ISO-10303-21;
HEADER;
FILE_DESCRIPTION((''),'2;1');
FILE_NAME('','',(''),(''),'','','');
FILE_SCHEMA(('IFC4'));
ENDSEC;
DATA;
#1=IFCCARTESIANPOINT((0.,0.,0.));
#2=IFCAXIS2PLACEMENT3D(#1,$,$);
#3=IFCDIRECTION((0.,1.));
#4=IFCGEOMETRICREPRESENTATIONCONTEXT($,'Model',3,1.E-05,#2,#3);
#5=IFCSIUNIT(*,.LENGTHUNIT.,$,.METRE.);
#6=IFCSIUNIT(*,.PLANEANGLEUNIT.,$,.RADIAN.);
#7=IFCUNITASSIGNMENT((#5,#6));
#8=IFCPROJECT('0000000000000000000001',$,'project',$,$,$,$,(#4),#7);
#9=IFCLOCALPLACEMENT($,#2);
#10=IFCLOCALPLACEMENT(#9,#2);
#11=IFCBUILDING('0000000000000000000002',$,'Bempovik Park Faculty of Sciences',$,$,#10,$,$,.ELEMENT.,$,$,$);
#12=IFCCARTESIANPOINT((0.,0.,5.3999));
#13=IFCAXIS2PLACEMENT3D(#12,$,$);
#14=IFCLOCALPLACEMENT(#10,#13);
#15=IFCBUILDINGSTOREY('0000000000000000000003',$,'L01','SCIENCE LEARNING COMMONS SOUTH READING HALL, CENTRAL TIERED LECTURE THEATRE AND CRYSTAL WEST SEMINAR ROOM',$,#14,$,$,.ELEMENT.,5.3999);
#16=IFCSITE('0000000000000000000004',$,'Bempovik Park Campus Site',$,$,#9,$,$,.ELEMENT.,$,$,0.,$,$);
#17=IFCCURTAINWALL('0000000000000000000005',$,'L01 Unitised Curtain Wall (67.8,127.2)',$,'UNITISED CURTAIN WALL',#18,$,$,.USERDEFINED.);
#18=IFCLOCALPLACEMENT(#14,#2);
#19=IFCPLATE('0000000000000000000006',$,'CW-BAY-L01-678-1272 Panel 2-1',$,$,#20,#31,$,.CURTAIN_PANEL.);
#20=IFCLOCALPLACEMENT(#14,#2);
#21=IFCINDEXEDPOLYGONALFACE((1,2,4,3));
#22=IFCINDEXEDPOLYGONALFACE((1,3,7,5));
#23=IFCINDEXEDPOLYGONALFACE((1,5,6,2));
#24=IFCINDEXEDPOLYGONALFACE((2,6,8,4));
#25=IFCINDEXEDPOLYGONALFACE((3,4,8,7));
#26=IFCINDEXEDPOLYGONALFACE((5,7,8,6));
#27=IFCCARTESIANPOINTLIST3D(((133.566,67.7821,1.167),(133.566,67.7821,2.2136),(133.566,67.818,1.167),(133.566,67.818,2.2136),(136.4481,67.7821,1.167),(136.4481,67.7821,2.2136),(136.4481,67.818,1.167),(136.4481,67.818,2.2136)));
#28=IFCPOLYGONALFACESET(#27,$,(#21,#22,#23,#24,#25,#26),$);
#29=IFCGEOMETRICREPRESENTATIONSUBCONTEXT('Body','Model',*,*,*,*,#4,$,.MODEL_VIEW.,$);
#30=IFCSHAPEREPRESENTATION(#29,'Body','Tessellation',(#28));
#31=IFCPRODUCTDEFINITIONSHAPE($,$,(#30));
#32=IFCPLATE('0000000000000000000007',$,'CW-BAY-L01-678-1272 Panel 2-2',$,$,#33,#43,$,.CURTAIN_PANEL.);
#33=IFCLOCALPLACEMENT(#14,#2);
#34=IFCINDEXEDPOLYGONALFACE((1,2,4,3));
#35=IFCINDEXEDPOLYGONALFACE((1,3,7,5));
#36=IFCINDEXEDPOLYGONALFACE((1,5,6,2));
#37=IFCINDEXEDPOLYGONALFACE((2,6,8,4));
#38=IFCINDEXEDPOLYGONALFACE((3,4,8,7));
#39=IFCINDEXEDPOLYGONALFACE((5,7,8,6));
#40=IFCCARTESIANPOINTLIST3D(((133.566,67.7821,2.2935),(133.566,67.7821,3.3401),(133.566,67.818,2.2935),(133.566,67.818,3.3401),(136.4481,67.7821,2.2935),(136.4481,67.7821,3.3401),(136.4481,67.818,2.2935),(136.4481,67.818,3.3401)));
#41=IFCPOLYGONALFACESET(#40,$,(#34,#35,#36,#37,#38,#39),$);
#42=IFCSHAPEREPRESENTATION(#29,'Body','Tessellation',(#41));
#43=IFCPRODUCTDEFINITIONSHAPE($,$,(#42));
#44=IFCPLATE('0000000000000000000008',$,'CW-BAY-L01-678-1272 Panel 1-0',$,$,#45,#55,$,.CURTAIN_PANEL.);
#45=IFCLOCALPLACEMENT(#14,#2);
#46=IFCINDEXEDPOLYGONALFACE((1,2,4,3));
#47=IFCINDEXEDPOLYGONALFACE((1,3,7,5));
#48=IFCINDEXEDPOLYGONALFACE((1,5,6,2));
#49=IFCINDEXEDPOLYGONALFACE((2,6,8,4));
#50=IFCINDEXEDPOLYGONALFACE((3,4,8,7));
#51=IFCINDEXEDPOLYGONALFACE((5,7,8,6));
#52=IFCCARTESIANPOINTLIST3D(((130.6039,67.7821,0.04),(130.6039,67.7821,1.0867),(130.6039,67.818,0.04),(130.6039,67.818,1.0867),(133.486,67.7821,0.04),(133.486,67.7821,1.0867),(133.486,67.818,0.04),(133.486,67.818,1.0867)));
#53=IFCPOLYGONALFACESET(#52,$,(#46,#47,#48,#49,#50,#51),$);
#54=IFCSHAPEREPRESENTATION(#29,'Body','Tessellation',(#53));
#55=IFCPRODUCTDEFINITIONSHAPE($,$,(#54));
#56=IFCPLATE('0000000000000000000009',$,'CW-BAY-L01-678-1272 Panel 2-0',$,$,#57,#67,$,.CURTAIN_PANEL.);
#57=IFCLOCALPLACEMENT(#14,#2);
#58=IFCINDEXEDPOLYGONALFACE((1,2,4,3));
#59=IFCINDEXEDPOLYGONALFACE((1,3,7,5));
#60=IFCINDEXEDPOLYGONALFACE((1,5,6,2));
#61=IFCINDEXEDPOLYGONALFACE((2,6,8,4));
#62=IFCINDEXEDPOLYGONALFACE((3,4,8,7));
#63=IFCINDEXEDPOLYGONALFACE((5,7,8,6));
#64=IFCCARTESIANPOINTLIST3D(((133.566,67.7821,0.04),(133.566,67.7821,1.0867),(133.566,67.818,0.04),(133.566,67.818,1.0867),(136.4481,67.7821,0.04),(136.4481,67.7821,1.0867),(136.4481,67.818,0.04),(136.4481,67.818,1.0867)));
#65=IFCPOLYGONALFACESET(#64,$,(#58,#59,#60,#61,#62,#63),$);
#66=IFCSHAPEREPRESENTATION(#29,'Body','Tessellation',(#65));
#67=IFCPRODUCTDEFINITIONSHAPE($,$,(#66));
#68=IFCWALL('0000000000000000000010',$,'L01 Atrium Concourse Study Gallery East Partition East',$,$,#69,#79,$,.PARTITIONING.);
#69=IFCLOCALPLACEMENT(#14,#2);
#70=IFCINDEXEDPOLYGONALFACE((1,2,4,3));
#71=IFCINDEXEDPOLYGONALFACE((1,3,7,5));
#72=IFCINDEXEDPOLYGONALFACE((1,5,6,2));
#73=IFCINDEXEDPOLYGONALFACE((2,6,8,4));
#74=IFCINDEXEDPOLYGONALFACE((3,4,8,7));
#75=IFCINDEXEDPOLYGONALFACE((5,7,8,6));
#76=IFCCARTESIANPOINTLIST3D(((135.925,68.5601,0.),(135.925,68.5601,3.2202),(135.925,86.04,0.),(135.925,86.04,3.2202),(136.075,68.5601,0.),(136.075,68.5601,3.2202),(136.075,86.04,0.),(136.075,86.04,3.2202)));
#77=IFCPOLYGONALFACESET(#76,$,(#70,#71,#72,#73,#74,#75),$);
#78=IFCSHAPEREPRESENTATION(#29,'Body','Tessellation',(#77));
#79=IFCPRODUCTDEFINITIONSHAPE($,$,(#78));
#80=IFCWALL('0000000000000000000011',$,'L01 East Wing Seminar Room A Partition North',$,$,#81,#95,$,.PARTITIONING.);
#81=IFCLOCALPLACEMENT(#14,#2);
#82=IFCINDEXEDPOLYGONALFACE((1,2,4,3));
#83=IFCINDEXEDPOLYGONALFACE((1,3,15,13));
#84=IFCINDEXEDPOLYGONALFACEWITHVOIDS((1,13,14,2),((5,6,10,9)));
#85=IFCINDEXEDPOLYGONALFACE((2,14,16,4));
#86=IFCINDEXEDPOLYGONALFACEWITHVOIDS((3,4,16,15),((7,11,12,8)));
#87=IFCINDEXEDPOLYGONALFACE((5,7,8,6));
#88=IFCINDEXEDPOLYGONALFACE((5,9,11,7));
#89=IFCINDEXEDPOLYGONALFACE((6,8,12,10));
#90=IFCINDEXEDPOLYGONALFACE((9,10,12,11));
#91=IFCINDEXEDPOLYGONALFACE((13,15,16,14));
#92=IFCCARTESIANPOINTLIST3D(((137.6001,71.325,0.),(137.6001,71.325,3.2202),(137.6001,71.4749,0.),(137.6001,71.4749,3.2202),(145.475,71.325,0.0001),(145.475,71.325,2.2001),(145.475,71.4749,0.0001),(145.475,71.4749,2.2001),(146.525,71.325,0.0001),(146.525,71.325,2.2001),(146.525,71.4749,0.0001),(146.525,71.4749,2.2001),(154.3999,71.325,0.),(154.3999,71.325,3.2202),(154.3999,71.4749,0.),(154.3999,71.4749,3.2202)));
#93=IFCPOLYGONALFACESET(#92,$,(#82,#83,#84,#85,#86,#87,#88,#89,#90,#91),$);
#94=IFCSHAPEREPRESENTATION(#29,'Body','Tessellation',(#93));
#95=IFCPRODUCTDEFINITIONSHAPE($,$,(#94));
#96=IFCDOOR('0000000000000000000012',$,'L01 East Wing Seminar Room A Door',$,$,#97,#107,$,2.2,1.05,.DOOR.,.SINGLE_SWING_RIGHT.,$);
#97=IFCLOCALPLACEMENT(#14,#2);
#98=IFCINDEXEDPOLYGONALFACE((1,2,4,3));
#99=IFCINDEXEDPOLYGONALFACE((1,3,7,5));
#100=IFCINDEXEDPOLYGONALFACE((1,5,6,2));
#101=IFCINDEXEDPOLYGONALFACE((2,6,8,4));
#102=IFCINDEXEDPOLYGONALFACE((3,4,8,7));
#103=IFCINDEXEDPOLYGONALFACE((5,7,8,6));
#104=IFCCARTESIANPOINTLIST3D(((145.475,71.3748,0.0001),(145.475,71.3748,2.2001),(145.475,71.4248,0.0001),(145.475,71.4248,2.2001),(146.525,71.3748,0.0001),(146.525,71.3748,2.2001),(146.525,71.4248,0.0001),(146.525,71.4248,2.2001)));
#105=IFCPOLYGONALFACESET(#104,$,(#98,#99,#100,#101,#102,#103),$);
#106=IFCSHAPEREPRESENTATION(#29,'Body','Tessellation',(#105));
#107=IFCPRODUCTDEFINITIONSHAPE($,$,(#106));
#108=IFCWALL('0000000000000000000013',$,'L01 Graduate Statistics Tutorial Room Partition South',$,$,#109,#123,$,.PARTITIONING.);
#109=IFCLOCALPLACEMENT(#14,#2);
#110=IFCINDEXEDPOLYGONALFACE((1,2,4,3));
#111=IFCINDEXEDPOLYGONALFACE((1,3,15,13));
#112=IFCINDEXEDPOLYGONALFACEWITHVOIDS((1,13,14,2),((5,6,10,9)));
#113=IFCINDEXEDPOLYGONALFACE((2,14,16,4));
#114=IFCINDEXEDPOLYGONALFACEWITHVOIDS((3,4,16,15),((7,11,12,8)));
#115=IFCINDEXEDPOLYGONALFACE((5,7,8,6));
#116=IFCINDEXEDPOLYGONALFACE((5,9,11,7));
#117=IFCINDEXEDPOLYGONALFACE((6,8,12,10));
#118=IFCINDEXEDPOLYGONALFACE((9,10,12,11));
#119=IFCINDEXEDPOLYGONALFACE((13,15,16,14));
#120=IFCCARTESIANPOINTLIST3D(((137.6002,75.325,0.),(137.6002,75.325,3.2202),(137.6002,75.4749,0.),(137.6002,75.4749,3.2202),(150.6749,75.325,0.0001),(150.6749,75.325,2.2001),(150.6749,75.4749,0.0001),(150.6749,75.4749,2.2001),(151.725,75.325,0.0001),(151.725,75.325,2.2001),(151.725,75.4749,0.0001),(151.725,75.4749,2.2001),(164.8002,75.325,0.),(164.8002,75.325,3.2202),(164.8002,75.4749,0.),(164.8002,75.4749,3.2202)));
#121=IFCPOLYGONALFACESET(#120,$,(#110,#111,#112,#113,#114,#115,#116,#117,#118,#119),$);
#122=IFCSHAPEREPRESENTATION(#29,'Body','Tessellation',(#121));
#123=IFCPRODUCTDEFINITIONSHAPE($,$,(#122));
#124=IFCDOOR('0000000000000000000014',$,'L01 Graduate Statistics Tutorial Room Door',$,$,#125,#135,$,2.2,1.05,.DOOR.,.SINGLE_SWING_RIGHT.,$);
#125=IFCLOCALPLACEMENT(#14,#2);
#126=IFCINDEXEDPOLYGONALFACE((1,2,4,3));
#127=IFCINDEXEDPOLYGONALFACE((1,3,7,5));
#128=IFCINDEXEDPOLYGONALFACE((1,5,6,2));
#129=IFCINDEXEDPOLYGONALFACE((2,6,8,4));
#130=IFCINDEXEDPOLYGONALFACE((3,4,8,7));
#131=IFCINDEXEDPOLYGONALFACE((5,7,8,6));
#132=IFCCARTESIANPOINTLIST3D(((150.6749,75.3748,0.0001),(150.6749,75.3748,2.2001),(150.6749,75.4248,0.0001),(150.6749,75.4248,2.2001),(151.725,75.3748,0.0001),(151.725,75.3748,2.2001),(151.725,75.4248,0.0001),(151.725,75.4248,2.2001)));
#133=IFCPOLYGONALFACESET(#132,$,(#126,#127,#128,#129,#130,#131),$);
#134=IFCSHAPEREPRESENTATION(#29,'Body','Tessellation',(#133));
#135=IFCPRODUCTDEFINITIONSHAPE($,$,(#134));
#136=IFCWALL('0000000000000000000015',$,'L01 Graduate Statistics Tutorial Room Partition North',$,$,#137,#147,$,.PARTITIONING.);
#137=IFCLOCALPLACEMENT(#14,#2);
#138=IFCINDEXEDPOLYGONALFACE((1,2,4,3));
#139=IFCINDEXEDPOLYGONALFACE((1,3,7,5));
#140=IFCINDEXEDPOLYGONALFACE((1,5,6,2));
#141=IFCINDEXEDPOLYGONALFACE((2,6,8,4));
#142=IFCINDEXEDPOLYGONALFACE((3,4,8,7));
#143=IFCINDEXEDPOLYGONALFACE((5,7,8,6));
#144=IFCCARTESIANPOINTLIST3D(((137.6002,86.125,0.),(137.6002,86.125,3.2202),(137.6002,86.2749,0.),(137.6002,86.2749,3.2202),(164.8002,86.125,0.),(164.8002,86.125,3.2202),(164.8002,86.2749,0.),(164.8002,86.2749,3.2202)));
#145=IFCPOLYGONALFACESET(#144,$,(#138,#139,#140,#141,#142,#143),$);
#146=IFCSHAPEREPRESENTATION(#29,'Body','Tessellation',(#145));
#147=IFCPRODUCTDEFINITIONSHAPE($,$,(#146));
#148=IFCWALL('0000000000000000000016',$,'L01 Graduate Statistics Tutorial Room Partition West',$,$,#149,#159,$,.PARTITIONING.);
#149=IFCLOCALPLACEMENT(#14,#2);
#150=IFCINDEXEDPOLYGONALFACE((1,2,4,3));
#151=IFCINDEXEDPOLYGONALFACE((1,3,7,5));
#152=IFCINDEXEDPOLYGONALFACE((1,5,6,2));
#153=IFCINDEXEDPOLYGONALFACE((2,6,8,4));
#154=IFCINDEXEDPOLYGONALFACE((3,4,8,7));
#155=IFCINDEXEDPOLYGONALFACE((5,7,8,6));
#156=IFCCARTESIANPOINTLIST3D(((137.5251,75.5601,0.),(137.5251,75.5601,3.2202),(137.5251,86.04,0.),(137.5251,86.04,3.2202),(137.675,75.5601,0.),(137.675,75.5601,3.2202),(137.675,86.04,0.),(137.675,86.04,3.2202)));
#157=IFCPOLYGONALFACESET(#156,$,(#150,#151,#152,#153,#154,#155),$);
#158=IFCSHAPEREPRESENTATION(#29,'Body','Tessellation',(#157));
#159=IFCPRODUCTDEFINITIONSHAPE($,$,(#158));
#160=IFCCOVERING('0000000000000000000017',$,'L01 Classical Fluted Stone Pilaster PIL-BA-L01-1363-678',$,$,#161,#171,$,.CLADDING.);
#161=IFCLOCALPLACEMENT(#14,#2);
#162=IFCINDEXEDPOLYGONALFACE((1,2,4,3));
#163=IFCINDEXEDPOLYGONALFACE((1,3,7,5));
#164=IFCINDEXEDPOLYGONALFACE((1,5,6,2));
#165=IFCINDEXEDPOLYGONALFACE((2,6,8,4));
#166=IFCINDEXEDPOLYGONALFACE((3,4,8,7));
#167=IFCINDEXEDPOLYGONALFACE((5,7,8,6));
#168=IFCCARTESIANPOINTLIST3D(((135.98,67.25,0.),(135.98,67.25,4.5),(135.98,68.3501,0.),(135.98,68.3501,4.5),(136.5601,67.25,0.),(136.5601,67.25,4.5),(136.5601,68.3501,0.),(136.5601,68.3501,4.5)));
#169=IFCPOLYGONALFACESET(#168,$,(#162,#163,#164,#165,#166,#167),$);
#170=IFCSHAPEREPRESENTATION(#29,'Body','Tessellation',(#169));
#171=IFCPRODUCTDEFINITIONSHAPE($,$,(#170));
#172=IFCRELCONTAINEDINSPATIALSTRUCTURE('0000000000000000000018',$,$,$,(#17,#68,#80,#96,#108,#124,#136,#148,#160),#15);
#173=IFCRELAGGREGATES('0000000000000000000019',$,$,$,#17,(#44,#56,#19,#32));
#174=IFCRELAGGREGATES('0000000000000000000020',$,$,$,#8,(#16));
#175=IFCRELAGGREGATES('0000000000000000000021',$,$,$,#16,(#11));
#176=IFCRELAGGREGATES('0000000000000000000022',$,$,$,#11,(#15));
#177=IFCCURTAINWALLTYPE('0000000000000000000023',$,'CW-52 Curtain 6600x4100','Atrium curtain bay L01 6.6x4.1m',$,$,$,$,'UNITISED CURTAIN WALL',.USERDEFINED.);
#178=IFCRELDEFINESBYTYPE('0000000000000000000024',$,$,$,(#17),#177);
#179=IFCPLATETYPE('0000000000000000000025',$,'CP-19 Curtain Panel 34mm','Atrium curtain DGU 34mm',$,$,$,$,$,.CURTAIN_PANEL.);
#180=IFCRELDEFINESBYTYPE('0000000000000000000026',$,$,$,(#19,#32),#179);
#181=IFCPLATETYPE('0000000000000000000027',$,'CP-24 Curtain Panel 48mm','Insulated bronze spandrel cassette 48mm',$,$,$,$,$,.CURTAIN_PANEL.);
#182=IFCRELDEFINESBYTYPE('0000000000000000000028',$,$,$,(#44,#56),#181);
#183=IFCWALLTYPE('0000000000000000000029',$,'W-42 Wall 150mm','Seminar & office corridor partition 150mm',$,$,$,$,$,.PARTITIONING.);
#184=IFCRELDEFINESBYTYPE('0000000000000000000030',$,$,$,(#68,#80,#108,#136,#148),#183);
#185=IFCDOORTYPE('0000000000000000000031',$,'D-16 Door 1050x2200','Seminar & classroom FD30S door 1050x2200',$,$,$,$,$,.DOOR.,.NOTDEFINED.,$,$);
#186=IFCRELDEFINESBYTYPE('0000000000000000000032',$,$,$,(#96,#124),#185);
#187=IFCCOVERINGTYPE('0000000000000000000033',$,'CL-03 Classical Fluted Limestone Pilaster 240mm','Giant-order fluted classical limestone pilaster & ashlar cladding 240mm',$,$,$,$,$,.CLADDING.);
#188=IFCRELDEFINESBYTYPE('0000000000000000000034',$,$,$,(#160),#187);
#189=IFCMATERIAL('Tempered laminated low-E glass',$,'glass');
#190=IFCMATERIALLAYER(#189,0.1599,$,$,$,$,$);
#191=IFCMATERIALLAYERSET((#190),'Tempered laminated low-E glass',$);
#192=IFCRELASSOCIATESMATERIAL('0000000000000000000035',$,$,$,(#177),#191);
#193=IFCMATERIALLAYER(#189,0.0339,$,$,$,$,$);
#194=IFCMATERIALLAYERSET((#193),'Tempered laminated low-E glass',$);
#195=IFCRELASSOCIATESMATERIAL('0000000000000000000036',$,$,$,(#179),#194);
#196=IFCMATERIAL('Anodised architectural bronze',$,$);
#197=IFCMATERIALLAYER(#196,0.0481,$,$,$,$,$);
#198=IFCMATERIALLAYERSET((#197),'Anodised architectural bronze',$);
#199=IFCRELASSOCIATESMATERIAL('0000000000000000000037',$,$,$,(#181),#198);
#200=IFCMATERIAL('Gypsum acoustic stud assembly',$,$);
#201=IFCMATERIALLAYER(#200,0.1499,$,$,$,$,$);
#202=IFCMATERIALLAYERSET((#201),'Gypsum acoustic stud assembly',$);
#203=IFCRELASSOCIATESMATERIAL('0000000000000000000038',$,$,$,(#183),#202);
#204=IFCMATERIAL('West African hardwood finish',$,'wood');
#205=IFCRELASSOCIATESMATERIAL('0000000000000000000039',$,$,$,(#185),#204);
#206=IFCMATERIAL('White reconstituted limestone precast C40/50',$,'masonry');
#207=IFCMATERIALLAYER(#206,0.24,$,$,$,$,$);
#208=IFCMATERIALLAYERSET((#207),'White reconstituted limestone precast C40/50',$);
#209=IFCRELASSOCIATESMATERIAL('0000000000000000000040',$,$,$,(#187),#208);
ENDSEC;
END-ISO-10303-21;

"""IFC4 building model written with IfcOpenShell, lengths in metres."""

from ifc_helpers import new_model, si_unit, direction, frame, frame_2d, origin, origin_2d, place, context, subcontext, project, spatial, rectangle, extrude, material, layer, layer_set, type_object, element, fill, aggregate, save


model = new_model("IFC4")

# Units and contexts
model_context = context("Model", 3, precision=1e-05, world=origin(), true_north=direction((0.0, 1.0)))
body_context = subcontext(model_context, "Body", "Model", "MODEL_VIEW")
ifc_project = project(units=[si_unit("LENGTHUNIT", "METRE"), si_unit("PLANEANGLEUNIT", "RADIAN")], contexts=[model_context])

# Site, building, storey
site_placement = place(None, origin())
site = spatial("IfcSite", under=ifc_project, at=site_placement, Name="Bempovik Park Campus Site", CompositionType="ELEMENT", RefElevation=0.0)
building_placement = place(site_placement, origin())
building = spatial("IfcBuilding", under=site, at=building_placement, Name="Bempovik Park Faculty of Sciences", CompositionType="ELEMENT")
storey_placement = place(building_placement, frame((0.0, 0.0, 5.3999)))
storey = spatial("IfcBuildingStorey", under=building, at=storey_placement, Name="L01", Description="SCIENCE LEARNING COMMONS SOUTH READING HALL, CENTRAL TIERED LECTURE THEATRE AND CRYSTAL WEST SEMINAR ROOM", CompositionType="ELEMENT", Elevation=5.3999)

# Curtain wall, plates
ifc_material_1 = material(Name="Tempered laminated low-E glass", Category="glass")
ifc_layer_1 = layer(ifc_material_1, 0.1599)
ifc_layer_set_1 = layer_set([ifc_layer_1], Name="Tempered laminated low-E glass")
curtain_wall_type = type_object("IfcCurtainWallType", Name="CW-52 Curtain 6600x4100", Description="Atrium curtain bay L01 6.6x4.1m", ElementType="UNITISED CURTAIN WALL", PredefinedType="USERDEFINED", material=ifc_layer_set_1)
curtain_wall_placement = place(storey_placement, origin())
curtain_wall = element("IfcCurtainWall", 1, at=curtain_wall_placement, inside=storey, type_object=curtain_wall_type, Name="L01 Unitised Curtain Wall (67.8,127.2)", ObjectType="UNITISED CURTAIN WALL", PredefinedType="USERDEFINED")
ifc_layer_2 = layer(ifc_material_1, 0.0339)
ifc_layer_set_2 = layer_set([ifc_layer_2], Name="Tempered laminated low-E glass")
plate_type_1 = type_object("IfcPlateType", Name="CP-19 Curtain Panel 34mm", Description="Atrium curtain DGU 34mm", PredefinedType="CURTAIN_PANEL", material=ifc_layer_set_2)
plate_1_placement = place(storey_placement, frame((135.0071, 67.8, 1.167), z_axis=(0.0, 0.0, 1.0), x_axis=(1.0, 0.0, 0.0)))
plate_1 = element("IfcPlate", 2, at=plate_1_placement, type_object=plate_type_1, Name="CW-BAY-L01-678-1272 Panel 2-1", PredefinedType="CURTAIN_PANEL", context=body_context, shape_type="SweptSolid", body=[
    extrude(rectangle(XDim=2.8821, YDim=0.0359, at=origin_2d()), origin(), (0.0, 0.0, 1.0), 1.0466),
])
plate_2_placement = place(storey_placement, frame((135.0071, 67.8, 2.2935), z_axis=(0.0, 0.0, 1.0), x_axis=(1.0, 0.0, 0.0)))
plate_2 = element("IfcPlate", 3, at=plate_2_placement, type_object=plate_type_1, Name="CW-BAY-L01-678-1272 Panel 2-2", PredefinedType="CURTAIN_PANEL", context=body_context, shape_type="SweptSolid", body=[
    extrude(rectangle(XDim=2.8821, YDim=0.0359, at=origin_2d()), origin(), (0.0, 0.0, 1.0), 1.0466),
])
ifc_material_2 = material(Name="Anodised architectural bronze")
ifc_layer_3 = layer(ifc_material_2, 0.0481)
ifc_layer_set_3 = layer_set([ifc_layer_3], Name="Anodised architectural bronze")
plate_type_2 = type_object("IfcPlateType", Name="CP-24 Curtain Panel 48mm", Description="Insulated bronze spandrel cassette 48mm", PredefinedType="CURTAIN_PANEL", material=ifc_layer_set_3)
plate_3_placement = place(storey_placement, frame((132.0449, 67.8, 0.04), z_axis=(0.0, 0.0, 1.0), x_axis=(1.0, 0.0, 0.0)))
plate_3 = element("IfcPlate", 4, at=plate_3_placement, type_object=plate_type_2, Name="CW-BAY-L01-678-1272 Panel 1-0", PredefinedType="CURTAIN_PANEL", context=body_context, shape_type="SweptSolid", body=[
    extrude(rectangle(XDim=2.8821, YDim=0.0359, at=origin_2d()), origin(), (0.0, 0.0, 1.0), 1.0466),
])
plate_4_placement = place(storey_placement, frame((135.0071, 67.8, 0.04), z_axis=(0.0, 0.0, 1.0), x_axis=(1.0, 0.0, 0.0)))
plate_4 = element("IfcPlate", 5, at=plate_4_placement, type_object=plate_type_2, Name="CW-BAY-L01-678-1272 Panel 2-0", PredefinedType="CURTAIN_PANEL", context=body_context, shape_type="SweptSolid", body=[
    extrude(rectangle(XDim=2.8821, YDim=0.0359, at=origin_2d()), origin(), (0.0, 0.0, 1.0), 1.0466),
])
aggregate(curtain_wall, [plate_3, plate_4, plate_1, plate_2])

# Wall
ifc_material_3 = material(Name="Gypsum acoustic stud assembly")
ifc_layer_4 = layer(ifc_material_3, 0.1499)
ifc_layer_set_4 = layer_set([ifc_layer_4], Name="Gypsum acoustic stud assembly")
wall_type = type_object("IfcWallType", Name="W-42 Wall 150mm", Description="Seminar & office corridor partition 150mm", PredefinedType="PARTITIONING", material=ifc_layer_set_4)
wall_1_placement = place(storey_placement, frame((136.0, 68.5601, 0.0), z_axis=(0.0, 0.0, 1.0), x_axis=(0.0, 1.0, 0.0)))
element("IfcWall", 6, at=wall_1_placement, inside=storey, type_object=wall_type, Name="L01 Atrium Concourse Study Gallery East Partition East", PredefinedType="PARTITIONING", context=body_context, shape_type="SweptSolid", body=[
    extrude(rectangle(XDim=17.48, YDim=0.1499, at=frame_2d((8.74, 0.0))), origin(), (0.0, 0.0, 1.0), 3.2202),
])

# Walls, openings, doors
wall_2_placement = place(storey_placement, frame((137.6001, 71.3999, 0.0), z_axis=(0.0, 0.0, 1.0), x_axis=(1.0, 0.0, 0.0)))
wall_2 = element("IfcWall", 7, at=wall_2_placement, inside=storey, type_object=wall_type, Name="L01 East Wing Seminar Room A Partition North", PredefinedType="PARTITIONING", context=body_context, shape_type="SweptSolid", body=[
    extrude(rectangle(XDim=16.7998, YDim=0.1499, at=frame_2d((8.3999, 0.0))), origin(), (0.0, 0.0, 1.0), 3.2202),
])
opening_1_placement = place(wall_2_placement, frame((7.875, 0.0, 0.0)))
opening_1 = element("IfcOpeningElement", 8, at=opening_1_placement, cuts=wall_2, PredefinedType="OPENING", context=body_context, shape_type="SweptSolid", body=[
    extrude(rectangle(XDim=1.05, YDim=2.2, at=frame_2d((0.5249, 1.1001))), frame((0.0, 0.085, 0.0), z_axis=(0.0, -1.0, 0.0), x_axis=(1.0, 0.0, 0.0)), (0.0, 0.0, 1.0), 0.1699),
])
ifc_material_4 = material(Name="West African hardwood finish", Category="wood")
door_type = type_object("IfcDoorType", Name="D-16 Door 1050x2200", Description="Seminar & classroom FD30S door 1050x2200", OperationType="NOTDEFINED", PredefinedType="DOOR", material=ifc_material_4)
door_1_placement = place(opening_1_placement, origin())
door_1 = element("IfcDoor", 9, at=door_1_placement, inside=storey, type_object=door_type, Name="L01 East Wing Seminar Room A Door", OperationType="SINGLE_SWING_RIGHT", OverallHeight=2.2, OverallWidth=1.05, PredefinedType="DOOR", context=body_context, shape_type="SweptSolid", body=[
    extrude(rectangle(XDim=1.05, YDim=2.2, at=frame_2d((0.5249, 1.1001))), frame((0.0, 0.0249, 0.0), z_axis=(0.0, -1.0, 0.0), x_axis=(1.0, 0.0, 0.0)), (0.0, 0.0, 1.0), 0.05),
])
fill(opening_1, door_1)
wall_3_placement = place(storey_placement, frame((137.6001, 75.3999, 0.0), z_axis=(0.0, 0.0, 1.0), x_axis=(1.0, 0.0, 0.0)))
wall_3 = element("IfcWall", 10, at=wall_3_placement, inside=storey, type_object=wall_type, Name="L01 Graduate Statistics Tutorial Room Partition South", PredefinedType="PARTITIONING", context=body_context, shape_type="SweptSolid", body=[
    extrude(rectangle(XDim=27.2, YDim=0.1499, at=frame_2d((13.6001, 0.0))), origin(), (0.0, 0.0, 1.0), 3.2202),
])
opening_2_placement = place(wall_3_placement, frame((13.075, 0.0, 0.0)))
opening_2 = element("IfcOpeningElement", 11, at=opening_2_placement, cuts=wall_3, PredefinedType="OPENING", context=body_context, shape_type="SweptSolid", body=[
    extrude(rectangle(XDim=1.05, YDim=2.2, at=frame_2d((0.5249, 1.1001))), frame((0.0, 0.085, 0.0), z_axis=(0.0, -1.0, 0.0), x_axis=(1.0, 0.0, 0.0)), (0.0, 0.0, 1.0), 0.1699),
])
door_2_placement = place(opening_2_placement, origin())
door_2 = element("IfcDoor", 12, at=door_2_placement, inside=storey, type_object=door_type, Name="L01 Graduate Statistics Tutorial Room Door", OperationType="SINGLE_SWING_RIGHT", OverallHeight=2.2, OverallWidth=1.05, PredefinedType="DOOR", context=body_context, shape_type="SweptSolid", body=[
    extrude(rectangle(XDim=1.05, YDim=2.2, at=frame_2d((0.5249, 1.1001))), frame((0.0, 0.0249, 0.0), z_axis=(0.0, -1.0, 0.0), x_axis=(1.0, 0.0, 0.0)), (0.0, 0.0, 1.0), 0.05),
])
fill(opening_2, door_2)

# Walls
wall_4_placement = place(storey_placement, frame((137.6001, 86.2, 0.0), z_axis=(0.0, 0.0, 1.0), x_axis=(1.0, 0.0, 0.0)))
element("IfcWall", 13, at=wall_4_placement, inside=storey, type_object=wall_type, Name="L01 Graduate Statistics Tutorial Room Partition North", PredefinedType="PARTITIONING", context=body_context, shape_type="SweptSolid", body=[
    extrude(rectangle(XDim=27.2, YDim=0.1499, at=frame_2d((13.6001, 0.0))), origin(), (0.0, 0.0, 1.0), 3.2202),
])
wall_5_placement = place(storey_placement, frame((137.6001, 75.5601, 0.0), z_axis=(0.0, 0.0, 1.0), x_axis=(0.0, 1.0, 0.0)))
element("IfcWall", 14, at=wall_5_placement, inside=storey, type_object=wall_type, Name="L01 Graduate Statistics Tutorial Room Partition West", PredefinedType="PARTITIONING", context=body_context, shape_type="SweptSolid", body=[
    extrude(rectangle(XDim=10.48, YDim=0.1499, at=frame_2d((5.24, 0.0))), origin(), (0.0, 0.0, 1.0), 3.2202),
])

# Covering
ifc_material_5 = material(Name="White reconstituted limestone precast C40/50", Category="masonry")
ifc_layer_5 = layer(ifc_material_5, 0.24)
ifc_layer_set_5 = layer_set([ifc_layer_5], Name="White reconstituted limestone precast C40/50")
covering_type = type_object("IfcCoveringType", Name="CL-03 Classical Fluted Limestone Pilaster 240mm", Description="Giant-order fluted classical limestone pilaster & ashlar cladding 240mm", PredefinedType="CLADDING", material=ifc_layer_set_5)
covering_placement = place(storey_placement, frame((136.27, 67.8, 0.0), z_axis=(0.0, 0.0, 1.0), x_axis=(1.0, 0.0, 0.0)))
element("IfcCovering", 15, at=covering_placement, inside=storey, type_object=covering_type, Name="L01 Classical Fluted Stone Pilaster PIL-BA-L01-1363-678", PredefinedType="CLADDING", context=body_context, shape_type="SweptSolid", body=[
    extrude(rectangle(XDim=0.5801, YDim=1.1001, at=origin_2d()), origin(), (0.0, 0.0, 1.0), 4.5),
])

save(model, "model.ifc")
